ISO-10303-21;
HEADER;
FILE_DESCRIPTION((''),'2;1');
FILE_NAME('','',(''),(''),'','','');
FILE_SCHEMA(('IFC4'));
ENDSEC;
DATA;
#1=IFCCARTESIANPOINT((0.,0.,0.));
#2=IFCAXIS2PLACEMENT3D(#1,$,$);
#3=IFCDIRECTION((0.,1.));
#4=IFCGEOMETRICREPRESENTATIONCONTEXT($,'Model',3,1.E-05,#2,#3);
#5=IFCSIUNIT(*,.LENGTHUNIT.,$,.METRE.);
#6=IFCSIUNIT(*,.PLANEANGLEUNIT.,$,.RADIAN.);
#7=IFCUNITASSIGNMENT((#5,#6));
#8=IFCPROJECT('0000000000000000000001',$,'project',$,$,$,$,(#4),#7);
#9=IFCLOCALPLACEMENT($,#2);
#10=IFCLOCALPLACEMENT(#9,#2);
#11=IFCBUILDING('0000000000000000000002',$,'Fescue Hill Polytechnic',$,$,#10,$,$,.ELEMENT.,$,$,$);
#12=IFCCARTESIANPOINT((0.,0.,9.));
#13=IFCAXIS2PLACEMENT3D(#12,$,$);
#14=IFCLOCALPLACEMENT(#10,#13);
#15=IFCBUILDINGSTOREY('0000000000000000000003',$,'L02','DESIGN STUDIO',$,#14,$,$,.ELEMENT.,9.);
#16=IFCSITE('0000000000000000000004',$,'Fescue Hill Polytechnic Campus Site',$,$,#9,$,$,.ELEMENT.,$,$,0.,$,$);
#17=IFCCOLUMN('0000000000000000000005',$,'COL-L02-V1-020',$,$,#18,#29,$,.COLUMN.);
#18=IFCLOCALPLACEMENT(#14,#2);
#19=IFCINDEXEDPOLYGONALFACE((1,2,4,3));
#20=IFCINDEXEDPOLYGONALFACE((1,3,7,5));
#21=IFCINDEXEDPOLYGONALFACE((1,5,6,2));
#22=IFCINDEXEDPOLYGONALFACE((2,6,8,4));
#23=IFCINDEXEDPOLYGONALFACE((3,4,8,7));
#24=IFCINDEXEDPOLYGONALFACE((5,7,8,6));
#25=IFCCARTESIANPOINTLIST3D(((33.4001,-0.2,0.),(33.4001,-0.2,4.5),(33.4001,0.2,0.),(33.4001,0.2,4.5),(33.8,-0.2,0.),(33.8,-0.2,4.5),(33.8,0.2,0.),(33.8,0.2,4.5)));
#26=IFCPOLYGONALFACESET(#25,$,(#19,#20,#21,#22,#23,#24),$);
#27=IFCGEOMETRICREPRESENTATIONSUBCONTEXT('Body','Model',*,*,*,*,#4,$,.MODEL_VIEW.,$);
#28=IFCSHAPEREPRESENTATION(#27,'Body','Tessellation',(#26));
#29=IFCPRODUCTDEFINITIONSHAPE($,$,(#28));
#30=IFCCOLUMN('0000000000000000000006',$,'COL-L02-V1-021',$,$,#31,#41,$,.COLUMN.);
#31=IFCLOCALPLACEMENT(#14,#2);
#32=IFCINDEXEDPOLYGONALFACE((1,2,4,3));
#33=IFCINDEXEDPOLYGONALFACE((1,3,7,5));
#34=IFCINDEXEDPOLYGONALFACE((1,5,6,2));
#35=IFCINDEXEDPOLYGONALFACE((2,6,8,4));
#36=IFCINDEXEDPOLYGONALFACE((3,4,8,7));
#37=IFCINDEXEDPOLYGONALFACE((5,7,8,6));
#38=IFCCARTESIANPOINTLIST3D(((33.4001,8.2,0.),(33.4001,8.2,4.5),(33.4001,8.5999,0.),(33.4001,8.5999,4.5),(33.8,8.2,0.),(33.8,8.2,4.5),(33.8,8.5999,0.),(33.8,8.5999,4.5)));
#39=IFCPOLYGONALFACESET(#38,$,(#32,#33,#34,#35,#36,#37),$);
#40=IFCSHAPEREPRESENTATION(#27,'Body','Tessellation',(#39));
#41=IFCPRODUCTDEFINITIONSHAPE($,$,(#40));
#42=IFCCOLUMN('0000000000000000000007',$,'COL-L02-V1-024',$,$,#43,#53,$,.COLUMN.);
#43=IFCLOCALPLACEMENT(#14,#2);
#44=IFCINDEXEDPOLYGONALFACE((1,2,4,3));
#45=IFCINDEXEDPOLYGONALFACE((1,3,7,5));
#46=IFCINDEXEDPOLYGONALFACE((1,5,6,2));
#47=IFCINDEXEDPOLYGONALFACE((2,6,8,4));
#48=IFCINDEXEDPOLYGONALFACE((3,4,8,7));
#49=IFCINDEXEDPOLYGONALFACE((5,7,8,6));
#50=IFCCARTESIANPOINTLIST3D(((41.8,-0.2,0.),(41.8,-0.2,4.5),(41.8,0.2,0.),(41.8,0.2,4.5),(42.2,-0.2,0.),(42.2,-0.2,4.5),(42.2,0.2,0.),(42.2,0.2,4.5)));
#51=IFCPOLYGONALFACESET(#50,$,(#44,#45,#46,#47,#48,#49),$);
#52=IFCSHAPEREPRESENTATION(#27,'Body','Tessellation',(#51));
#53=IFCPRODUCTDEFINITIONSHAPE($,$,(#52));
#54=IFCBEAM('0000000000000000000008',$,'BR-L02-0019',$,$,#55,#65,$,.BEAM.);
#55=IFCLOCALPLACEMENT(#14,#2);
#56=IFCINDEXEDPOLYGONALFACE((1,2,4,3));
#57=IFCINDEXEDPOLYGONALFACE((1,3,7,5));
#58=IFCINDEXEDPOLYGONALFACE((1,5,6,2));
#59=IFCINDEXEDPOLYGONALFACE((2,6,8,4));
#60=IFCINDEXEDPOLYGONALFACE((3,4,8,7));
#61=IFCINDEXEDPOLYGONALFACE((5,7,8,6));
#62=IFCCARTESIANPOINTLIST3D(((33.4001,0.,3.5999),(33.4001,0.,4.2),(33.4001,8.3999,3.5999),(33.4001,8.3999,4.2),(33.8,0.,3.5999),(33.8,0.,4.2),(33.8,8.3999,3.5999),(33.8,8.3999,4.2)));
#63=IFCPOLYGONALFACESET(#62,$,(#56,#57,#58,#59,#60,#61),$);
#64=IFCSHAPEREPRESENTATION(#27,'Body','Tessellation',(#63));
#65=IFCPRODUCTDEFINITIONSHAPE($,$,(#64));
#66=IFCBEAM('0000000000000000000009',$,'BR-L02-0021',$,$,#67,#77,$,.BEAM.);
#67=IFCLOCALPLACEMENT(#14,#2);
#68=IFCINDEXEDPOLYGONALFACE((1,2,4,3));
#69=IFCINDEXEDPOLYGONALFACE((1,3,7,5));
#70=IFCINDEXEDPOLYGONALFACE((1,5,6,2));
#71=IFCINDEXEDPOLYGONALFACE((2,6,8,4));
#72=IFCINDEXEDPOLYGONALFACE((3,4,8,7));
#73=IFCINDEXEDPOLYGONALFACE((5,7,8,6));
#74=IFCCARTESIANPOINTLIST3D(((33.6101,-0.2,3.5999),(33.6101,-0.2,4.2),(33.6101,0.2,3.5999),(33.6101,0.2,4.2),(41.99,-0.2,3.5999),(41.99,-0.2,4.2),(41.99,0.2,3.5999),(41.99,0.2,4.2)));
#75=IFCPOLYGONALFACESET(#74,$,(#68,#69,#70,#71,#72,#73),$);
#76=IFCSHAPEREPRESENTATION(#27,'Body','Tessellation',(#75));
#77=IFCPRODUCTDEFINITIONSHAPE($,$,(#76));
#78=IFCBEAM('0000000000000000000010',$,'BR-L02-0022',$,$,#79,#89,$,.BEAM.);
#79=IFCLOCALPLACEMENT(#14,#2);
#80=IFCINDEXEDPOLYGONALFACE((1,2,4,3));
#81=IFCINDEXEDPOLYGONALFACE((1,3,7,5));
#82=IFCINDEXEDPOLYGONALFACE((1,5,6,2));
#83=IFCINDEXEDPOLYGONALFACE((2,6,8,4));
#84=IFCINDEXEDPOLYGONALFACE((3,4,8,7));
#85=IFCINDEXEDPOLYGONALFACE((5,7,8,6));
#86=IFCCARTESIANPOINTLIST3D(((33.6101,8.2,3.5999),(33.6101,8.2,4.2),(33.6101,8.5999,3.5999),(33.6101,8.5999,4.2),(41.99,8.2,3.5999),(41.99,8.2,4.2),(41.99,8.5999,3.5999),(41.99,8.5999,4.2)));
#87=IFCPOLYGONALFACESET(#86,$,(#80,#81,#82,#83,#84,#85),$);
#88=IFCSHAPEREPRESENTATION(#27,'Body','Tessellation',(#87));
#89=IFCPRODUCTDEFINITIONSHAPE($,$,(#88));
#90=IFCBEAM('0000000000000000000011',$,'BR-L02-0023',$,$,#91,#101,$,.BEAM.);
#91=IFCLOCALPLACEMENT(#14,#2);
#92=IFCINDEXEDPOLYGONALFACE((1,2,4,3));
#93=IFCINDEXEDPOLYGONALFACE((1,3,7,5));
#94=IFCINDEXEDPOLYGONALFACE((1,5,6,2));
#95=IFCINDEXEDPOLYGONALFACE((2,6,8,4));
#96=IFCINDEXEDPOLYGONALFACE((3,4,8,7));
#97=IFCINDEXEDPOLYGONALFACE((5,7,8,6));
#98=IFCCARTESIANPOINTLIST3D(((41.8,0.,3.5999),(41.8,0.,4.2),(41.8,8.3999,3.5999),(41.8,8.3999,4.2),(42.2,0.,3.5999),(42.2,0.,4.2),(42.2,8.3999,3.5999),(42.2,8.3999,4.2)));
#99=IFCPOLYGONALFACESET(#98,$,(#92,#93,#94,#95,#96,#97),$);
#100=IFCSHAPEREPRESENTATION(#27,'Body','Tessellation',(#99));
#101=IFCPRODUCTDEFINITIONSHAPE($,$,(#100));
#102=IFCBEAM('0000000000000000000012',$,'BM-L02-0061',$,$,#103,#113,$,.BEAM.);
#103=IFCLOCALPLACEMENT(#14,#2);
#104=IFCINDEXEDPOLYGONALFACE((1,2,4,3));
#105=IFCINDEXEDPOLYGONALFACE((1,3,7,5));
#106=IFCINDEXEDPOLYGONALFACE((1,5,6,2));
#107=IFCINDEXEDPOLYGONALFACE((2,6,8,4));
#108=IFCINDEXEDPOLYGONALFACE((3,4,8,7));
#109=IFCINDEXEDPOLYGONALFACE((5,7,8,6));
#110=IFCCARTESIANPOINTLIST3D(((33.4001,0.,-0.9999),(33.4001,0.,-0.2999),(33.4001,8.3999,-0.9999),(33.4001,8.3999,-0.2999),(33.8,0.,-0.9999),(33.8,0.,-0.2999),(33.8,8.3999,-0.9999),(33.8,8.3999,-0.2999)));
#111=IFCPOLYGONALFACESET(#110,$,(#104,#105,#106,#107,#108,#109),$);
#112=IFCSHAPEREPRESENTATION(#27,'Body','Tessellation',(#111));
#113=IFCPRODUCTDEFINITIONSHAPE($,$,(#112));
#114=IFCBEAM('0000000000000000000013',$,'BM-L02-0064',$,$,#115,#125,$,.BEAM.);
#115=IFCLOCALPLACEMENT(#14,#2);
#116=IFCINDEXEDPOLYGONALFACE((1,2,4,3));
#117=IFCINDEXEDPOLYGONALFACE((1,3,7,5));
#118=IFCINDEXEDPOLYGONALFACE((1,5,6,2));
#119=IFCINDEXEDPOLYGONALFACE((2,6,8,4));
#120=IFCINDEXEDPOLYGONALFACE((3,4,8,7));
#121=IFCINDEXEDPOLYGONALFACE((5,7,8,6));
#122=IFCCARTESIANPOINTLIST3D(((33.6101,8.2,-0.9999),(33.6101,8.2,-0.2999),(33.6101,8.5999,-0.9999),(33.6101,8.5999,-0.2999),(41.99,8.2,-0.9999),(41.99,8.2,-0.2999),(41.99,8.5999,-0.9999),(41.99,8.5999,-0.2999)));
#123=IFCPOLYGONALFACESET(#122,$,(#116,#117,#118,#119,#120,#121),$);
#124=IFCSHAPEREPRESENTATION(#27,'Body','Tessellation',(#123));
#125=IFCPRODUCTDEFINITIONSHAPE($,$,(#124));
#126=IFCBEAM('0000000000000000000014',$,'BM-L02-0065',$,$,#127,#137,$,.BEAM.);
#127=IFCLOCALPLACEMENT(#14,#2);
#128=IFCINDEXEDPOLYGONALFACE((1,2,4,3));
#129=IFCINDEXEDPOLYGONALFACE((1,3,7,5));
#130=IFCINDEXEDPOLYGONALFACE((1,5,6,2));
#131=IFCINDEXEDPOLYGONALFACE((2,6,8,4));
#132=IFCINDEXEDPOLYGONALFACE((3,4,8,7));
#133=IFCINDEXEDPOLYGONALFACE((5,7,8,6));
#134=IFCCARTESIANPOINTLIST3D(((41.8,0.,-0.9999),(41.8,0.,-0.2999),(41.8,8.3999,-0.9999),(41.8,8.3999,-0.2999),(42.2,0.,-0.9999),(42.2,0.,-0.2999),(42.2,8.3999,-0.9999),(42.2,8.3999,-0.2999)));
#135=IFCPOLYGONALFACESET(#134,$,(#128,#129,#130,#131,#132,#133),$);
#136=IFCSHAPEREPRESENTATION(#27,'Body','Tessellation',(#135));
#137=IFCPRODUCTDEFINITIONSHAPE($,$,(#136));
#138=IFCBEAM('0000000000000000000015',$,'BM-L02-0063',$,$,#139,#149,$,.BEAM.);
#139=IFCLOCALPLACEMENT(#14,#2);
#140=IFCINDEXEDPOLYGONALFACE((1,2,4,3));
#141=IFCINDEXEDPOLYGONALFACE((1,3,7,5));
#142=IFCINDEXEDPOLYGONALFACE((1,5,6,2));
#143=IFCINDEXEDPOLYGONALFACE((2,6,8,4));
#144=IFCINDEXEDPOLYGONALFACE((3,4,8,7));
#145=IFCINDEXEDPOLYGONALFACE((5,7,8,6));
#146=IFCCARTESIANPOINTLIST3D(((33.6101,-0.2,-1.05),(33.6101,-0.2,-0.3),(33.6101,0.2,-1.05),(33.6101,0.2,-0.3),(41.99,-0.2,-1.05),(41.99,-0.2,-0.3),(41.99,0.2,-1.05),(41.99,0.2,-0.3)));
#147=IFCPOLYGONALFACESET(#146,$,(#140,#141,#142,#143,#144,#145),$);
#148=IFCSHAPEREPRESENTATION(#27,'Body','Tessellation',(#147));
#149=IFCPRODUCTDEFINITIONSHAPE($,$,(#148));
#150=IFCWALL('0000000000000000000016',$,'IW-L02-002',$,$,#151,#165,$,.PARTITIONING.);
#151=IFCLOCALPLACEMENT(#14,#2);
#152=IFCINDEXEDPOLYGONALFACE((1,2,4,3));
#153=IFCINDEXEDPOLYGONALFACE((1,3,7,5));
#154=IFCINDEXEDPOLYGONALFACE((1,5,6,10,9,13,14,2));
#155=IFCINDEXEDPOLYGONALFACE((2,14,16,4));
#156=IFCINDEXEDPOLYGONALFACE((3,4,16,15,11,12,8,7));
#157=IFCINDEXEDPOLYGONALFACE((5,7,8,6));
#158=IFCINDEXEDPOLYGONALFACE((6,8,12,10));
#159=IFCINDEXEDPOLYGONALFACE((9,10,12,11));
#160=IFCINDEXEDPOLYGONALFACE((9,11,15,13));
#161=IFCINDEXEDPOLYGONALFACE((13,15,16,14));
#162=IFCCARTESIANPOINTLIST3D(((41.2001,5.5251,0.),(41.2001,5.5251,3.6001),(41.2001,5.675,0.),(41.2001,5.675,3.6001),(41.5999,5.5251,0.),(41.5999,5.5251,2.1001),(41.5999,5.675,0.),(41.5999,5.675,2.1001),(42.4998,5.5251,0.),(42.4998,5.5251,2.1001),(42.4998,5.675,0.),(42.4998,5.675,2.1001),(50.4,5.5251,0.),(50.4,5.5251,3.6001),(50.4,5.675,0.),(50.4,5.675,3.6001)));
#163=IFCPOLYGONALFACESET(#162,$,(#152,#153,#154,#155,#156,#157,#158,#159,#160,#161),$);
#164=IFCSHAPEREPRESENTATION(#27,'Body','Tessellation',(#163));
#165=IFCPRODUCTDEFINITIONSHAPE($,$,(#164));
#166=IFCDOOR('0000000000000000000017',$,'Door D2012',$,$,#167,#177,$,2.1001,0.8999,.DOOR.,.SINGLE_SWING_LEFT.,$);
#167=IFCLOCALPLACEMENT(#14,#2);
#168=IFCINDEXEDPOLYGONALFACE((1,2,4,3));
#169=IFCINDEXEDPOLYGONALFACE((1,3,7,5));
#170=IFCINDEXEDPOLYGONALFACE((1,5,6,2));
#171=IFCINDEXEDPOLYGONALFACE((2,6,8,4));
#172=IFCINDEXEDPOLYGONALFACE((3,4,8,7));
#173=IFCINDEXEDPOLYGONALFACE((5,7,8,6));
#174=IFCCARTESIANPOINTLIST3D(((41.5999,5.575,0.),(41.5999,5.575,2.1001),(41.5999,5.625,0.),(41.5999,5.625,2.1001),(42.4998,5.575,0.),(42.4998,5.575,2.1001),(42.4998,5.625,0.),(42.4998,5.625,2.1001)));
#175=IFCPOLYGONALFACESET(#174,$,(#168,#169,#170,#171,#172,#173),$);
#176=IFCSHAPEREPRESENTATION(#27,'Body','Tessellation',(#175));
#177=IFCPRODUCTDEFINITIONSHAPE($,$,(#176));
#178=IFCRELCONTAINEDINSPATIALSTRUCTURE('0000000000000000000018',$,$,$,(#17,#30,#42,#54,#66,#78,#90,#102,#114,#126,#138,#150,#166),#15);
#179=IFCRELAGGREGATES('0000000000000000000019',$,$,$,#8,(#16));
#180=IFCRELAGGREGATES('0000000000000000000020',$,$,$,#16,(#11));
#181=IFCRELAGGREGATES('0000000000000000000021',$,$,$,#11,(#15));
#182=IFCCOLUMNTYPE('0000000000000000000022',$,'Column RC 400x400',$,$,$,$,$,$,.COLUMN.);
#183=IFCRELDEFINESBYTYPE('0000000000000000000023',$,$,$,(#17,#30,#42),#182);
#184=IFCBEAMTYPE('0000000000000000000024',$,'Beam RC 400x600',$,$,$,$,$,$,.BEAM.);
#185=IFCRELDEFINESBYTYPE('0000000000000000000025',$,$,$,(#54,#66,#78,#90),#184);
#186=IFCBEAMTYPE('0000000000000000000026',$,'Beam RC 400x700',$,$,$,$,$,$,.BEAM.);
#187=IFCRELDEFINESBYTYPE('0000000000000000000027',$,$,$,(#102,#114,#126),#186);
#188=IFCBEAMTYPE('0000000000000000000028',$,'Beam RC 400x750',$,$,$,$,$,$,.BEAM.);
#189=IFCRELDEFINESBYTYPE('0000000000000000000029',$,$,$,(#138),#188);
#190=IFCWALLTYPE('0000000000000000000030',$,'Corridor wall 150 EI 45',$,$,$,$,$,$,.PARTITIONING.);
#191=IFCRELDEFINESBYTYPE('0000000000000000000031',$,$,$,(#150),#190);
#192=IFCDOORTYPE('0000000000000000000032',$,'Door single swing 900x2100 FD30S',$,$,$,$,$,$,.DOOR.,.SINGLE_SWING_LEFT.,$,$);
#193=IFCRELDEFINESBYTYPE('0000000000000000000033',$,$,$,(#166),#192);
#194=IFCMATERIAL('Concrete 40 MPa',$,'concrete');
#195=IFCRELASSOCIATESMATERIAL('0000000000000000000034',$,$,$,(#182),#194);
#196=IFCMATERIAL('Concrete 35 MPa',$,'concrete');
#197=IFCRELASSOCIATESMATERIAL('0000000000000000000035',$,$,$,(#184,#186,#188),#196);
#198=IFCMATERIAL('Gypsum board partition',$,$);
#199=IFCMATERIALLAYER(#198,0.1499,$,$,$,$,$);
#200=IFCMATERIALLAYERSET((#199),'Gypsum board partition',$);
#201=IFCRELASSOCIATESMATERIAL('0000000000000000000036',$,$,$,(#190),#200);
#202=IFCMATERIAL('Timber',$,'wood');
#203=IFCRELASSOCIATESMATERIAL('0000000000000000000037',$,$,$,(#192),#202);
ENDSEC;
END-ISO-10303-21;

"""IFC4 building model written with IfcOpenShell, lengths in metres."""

from ifc_helpers import new_model, si_unit, direction, frame, frame_2d, origin, origin_2d, place, context, subcontext, project, spatial, rectangle, extrude, material, layer, layer_set, material_profile, profile_set, type_object, element, fill, save


model = new_model("IFC4")

# Units and contexts
model_context = context("Model", 3, precision=1e-05, world=origin(), true_north=direction((0.0, 1.0)))
body_context = subcontext(model_context, "Body", "Model", "MODEL_VIEW")
ifc_project = project(units=[si_unit("LENGTHUNIT", "METRE"), si_unit("PLANEANGLEUNIT", "RADIAN")], contexts=[model_context])

# Site, building, storey
site_placement = place(None, origin())
site = spatial("IfcSite", under=ifc_project, at=site_placement, Name="Fescue Hill Polytechnic Campus Site", CompositionType="ELEMENT", RefElevation=0.0)
building_placement = place(site_placement, origin())
building = spatial("IfcBuilding", under=site, at=building_placement, Name="Fescue Hill Polytechnic", CompositionType="ELEMENT")
storey_placement = place(building_placement, frame((0.0, 0.0, 9.0)))
storey = spatial("IfcBuildingStorey", under=building, at=storey_placement, Name="L02", Description="DESIGN STUDIO", CompositionType="ELEMENT", Elevation=9.0)

# Columns
ifc_material_1 = material(Name="Concrete 40 MPa", Category="concrete")
ifc_material_profile_1 = material_profile(ifc_material_1, rectangle(XDim=0.3999, YDim=0.3999, at=origin_2d()), Name="RC 400x400")
ifc_profile_set_1 = profile_set([ifc_material_profile_1], Name="Concrete 40 MPa")
column_type = type_object("IfcColumnType", Name="Column RC 400x400", PredefinedType="COLUMN", material=ifc_profile_set_1)
for number, where, z_axis, x_axis, name in (
    (1, (33.6001, 0.0, 0.0), (0.0, 0.0, 1.0), (1.0, 0.0, 0.0), "COL-L02-V1-020"),
    (2, (33.6001, 8.3999, 0.0), (0.0, 0.0, 1.0), (1.0, 0.0, 0.0), "COL-L02-V1-021"),
    (3, (42.0, 0.0, 0.0), (0.0, 0.0, 1.0), (1.0, 0.0, 0.0), "COL-L02-V1-024"),
):
    element("IfcColumn", number, at=place(storey_placement, frame(where, z_axis=z_axis, x_axis=x_axis)), inside=storey, type_object=column_type, Name=name, PredefinedType="COLUMN", context=body_context, shape_type="SweptSolid", body=[
        extrude(rectangle(XDim=0.3999, YDim=0.3999, at=origin_2d()), origin(), (0.0, 0.0, 1.0), 4.5),
    ])

# Beams
ifc_material_2 = material(Name="Concrete 35 MPa", Category="concrete")
ifc_material_profile_2 = material_profile(ifc_material_2, rectangle(XDim=0.3999, YDim=0.6001, at=origin_2d()), Name="RC 400x600")
ifc_profile_set_2 = profile_set([ifc_material_profile_2], Name="Concrete 35 MPa")
beam_type_1 = type_object("IfcBeamType", Name="Beam RC 400x600", PredefinedType="BEAM", material=ifc_profile_set_2)
beam_1_placement = place(storey_placement, frame((33.6001, 0.0, 3.8999), z_axis=(0.0, 1.0, 0.0), x_axis=(-1.0, 0.0, 0.0)))
element("IfcBeam", 4, at=beam_1_placement, inside=storey, type_object=beam_type_1, Name="BR-L02-0019", PredefinedType="BEAM", context=body_context, shape_type="SweptSolid", body=[
    extrude(rectangle(XDim=0.3999, YDim=0.6001, at=origin_2d()), origin(), (0.0, 0.0, 1.0), 8.3999),
])
for number, where, z_axis, x_axis, name in (
    (5, (33.6101, 0.0, 3.8999), (1.0, 0.0, 0.0), (0.0, 1.0, 0.0), "BR-L02-0021"),
    (6, (33.6101, 8.3999, 3.8999), (1.0, 0.0, 0.0), (0.0, 1.0, 0.0), "BR-L02-0022"),
):
    element("IfcBeam", number, at=place(storey_placement, frame(where, z_axis=z_axis, x_axis=x_axis)), inside=storey, type_object=beam_type_1, Name=name, PredefinedType="BEAM", context=body_context, shape_type="SweptSolid", body=[
        extrude(rectangle(XDim=0.3999, YDim=0.6001, at=origin_2d()), origin(), (0.0, 0.0, 1.0), 8.3799),
    ])
beam_2_placement = place(storey_placement, frame((42.0, 0.0, 3.8999), z_axis=(0.0, 1.0, 0.0), x_axis=(-1.0, 0.0, 0.0)))
element("IfcBeam", 7, at=beam_2_placement, inside=storey, type_object=beam_type_1, Name="BR-L02-0023", PredefinedType="BEAM", context=body_context, shape_type="SweptSolid", body=[
    extrude(rectangle(XDim=0.3999, YDim=0.6001, at=origin_2d()), origin(), (0.0, 0.0, 1.0), 8.3999),
])
ifc_material_profile_3 = material_profile(ifc_material_2, rectangle(XDim=0.3999, YDim=0.7, at=origin_2d()), Name="RC 400x700")
ifc_profile_set_3 = profile_set([ifc_material_profile_3], Name="Concrete 35 MPa")
beam_type_2 = type_object("IfcBeamType", Name="Beam RC 400x700", PredefinedType="BEAM", material=ifc_profile_set_3)
beam_3_placement = place(storey_placement, frame((33.6001, 0.0, -0.6499), z_axis=(0.0, 1.0, 0.0), x_axis=(-1.0, 0.0, 0.0)))
element("IfcBeam", 8, at=beam_3_placement, inside=storey, type_object=beam_type_2, Name="BM-L02-0061", PredefinedType="BEAM", context=body_context, shape_type="SweptSolid", body=[
    extrude(rectangle(XDim=0.3999, YDim=0.7, at=origin_2d()), origin(), (0.0, 0.0, 1.0), 8.3999),
])
beam_4_placement = place(storey_placement, frame((33.6101, 8.3999, -0.6499), z_axis=(1.0, 0.0, 0.0), x_axis=(0.0, 1.0, 0.0)))
element("IfcBeam", 9, at=beam_4_placement, inside=storey, type_object=beam_type_2, Name="BM-L02-0064", PredefinedType="BEAM", context=body_context, shape_type="SweptSolid", body=[
    extrude(rectangle(XDim=0.3999, YDim=0.7, at=origin_2d()), origin(), (0.0, 0.0, 1.0), 8.3799),
])
beam_5_placement = place(storey_placement, frame((42.0, 0.0, -0.6499), z_axis=(0.0, 1.0, 0.0), x_axis=(-1.0, 0.0, 0.0)))
element("IfcBeam", 10, at=beam_5_placement, inside=storey, type_object=beam_type_2, Name="BM-L02-0065", PredefinedType="BEAM", context=body_context, shape_type="SweptSolid", body=[
    extrude(rectangle(XDim=0.3999, YDim=0.7, at=origin_2d()), origin(), (0.0, 0.0, 1.0), 8.3999),
])
ifc_material_profile_4 = material_profile(ifc_material_2, rectangle(XDim=0.3999, YDim=0.75, at=origin_2d()), Name="RC 400x750")
ifc_profile_set_4 = profile_set([ifc_material_profile_4], Name="Concrete 35 MPa")
beam_type_3 = type_object("IfcBeamType", Name="Beam RC 400x750", PredefinedType="BEAM", material=ifc_profile_set_4)
beam_6_placement = place(storey_placement, frame((33.6101, 0.0, -0.675), z_axis=(1.0, 0.0, 0.0), x_axis=(0.0, 1.0, 0.0)))
element("IfcBeam", 11, at=beam_6_placement, inside=storey, type_object=beam_type_3, Name="BM-L02-0063", PredefinedType="BEAM", context=body_context, shape_type="SweptSolid", body=[
    extrude(rectangle(XDim=0.3999, YDim=0.75, at=origin_2d()), origin(), (0.0, 0.0, 1.0), 8.3799),
])

# Wall, opening, door
ifc_material_3 = material(Name="Gypsum board partition")
ifc_layer_1 = layer(ifc_material_3, 0.1499)
ifc_layer_set_1 = layer_set([ifc_layer_1], Name="Gypsum board partition")
wall_type_1 = type_object("IfcWallType", Name="Corridor wall 150 EI 45", PredefinedType="PARTITIONING", material=ifc_layer_set_1)
wall_1_placement = place(storey_placement, frame((41.2, 5.6001, 0.0), z_axis=(0.0, 0.0, 1.0), x_axis=(1.0, 0.0, 0.0)))
wall_1 = element("IfcWall", 12, at=wall_1_placement, inside=storey, type_object=wall_type_1, Name="IW-L02-002", PredefinedType="PARTITIONING", context=body_context, shape_type="SweptSolid", body=[
    extrude(rectangle(XDim=9.2, YDim=0.1499, at=frame_2d((4.6001, 0.0))), origin(), (0.0, 0.0, 1.0), 3.6001),
])
opening_1_placement = place(wall_1_placement, frame((0.3999, 0.0, 0.0)))
opening_1 = element("IfcOpeningElement", 13, at=opening_1_placement, cuts=wall_1, PredefinedType="OPENING", context=body_context, shape_type="SweptSolid", body=[
    extrude(rectangle(XDim=0.8999, YDim=2.1001, at=frame_2d((0.45, 1.05))), frame((0.0, 0.085, 0.0), z_axis=(0.0, -1.0, 0.0), x_axis=(1.0, 0.0, 0.0)), (0.0, 0.0, 1.0), 0.1699),
])
ifc_material_4 = material(Name="Timber", Category="wood")
door_type = type_object("IfcDoorType", Name="Door single swing 900x2100 FD30S", OperationType="SINGLE_SWING_LEFT", PredefinedType="DOOR", material=ifc_material_4)
door_placement = place(opening_1_placement, origin())
door = element("IfcDoor", 14, at=door_placement, inside=storey, type_object=door_type, Name="Door D2012", OperationType="SINGLE_SWING_LEFT", OverallHeight=2.1001, OverallWidth=0.8999, PredefinedType="DOOR", context=body_context, shape_type="SweptSolid", body=[
    extrude(rectangle(XDim=0.8999, YDim=2.1001, at=frame_2d((0.45, 1.05))), frame((0.0, 0.0249, 0.0), z_axis=(0.0, -1.0, 0.0), x_axis=(1.0, 0.0, 0.0)), (0.0, 0.0, 1.0), 0.05),
])
fill(opening_1, door)

save(model, "model.ifc")
